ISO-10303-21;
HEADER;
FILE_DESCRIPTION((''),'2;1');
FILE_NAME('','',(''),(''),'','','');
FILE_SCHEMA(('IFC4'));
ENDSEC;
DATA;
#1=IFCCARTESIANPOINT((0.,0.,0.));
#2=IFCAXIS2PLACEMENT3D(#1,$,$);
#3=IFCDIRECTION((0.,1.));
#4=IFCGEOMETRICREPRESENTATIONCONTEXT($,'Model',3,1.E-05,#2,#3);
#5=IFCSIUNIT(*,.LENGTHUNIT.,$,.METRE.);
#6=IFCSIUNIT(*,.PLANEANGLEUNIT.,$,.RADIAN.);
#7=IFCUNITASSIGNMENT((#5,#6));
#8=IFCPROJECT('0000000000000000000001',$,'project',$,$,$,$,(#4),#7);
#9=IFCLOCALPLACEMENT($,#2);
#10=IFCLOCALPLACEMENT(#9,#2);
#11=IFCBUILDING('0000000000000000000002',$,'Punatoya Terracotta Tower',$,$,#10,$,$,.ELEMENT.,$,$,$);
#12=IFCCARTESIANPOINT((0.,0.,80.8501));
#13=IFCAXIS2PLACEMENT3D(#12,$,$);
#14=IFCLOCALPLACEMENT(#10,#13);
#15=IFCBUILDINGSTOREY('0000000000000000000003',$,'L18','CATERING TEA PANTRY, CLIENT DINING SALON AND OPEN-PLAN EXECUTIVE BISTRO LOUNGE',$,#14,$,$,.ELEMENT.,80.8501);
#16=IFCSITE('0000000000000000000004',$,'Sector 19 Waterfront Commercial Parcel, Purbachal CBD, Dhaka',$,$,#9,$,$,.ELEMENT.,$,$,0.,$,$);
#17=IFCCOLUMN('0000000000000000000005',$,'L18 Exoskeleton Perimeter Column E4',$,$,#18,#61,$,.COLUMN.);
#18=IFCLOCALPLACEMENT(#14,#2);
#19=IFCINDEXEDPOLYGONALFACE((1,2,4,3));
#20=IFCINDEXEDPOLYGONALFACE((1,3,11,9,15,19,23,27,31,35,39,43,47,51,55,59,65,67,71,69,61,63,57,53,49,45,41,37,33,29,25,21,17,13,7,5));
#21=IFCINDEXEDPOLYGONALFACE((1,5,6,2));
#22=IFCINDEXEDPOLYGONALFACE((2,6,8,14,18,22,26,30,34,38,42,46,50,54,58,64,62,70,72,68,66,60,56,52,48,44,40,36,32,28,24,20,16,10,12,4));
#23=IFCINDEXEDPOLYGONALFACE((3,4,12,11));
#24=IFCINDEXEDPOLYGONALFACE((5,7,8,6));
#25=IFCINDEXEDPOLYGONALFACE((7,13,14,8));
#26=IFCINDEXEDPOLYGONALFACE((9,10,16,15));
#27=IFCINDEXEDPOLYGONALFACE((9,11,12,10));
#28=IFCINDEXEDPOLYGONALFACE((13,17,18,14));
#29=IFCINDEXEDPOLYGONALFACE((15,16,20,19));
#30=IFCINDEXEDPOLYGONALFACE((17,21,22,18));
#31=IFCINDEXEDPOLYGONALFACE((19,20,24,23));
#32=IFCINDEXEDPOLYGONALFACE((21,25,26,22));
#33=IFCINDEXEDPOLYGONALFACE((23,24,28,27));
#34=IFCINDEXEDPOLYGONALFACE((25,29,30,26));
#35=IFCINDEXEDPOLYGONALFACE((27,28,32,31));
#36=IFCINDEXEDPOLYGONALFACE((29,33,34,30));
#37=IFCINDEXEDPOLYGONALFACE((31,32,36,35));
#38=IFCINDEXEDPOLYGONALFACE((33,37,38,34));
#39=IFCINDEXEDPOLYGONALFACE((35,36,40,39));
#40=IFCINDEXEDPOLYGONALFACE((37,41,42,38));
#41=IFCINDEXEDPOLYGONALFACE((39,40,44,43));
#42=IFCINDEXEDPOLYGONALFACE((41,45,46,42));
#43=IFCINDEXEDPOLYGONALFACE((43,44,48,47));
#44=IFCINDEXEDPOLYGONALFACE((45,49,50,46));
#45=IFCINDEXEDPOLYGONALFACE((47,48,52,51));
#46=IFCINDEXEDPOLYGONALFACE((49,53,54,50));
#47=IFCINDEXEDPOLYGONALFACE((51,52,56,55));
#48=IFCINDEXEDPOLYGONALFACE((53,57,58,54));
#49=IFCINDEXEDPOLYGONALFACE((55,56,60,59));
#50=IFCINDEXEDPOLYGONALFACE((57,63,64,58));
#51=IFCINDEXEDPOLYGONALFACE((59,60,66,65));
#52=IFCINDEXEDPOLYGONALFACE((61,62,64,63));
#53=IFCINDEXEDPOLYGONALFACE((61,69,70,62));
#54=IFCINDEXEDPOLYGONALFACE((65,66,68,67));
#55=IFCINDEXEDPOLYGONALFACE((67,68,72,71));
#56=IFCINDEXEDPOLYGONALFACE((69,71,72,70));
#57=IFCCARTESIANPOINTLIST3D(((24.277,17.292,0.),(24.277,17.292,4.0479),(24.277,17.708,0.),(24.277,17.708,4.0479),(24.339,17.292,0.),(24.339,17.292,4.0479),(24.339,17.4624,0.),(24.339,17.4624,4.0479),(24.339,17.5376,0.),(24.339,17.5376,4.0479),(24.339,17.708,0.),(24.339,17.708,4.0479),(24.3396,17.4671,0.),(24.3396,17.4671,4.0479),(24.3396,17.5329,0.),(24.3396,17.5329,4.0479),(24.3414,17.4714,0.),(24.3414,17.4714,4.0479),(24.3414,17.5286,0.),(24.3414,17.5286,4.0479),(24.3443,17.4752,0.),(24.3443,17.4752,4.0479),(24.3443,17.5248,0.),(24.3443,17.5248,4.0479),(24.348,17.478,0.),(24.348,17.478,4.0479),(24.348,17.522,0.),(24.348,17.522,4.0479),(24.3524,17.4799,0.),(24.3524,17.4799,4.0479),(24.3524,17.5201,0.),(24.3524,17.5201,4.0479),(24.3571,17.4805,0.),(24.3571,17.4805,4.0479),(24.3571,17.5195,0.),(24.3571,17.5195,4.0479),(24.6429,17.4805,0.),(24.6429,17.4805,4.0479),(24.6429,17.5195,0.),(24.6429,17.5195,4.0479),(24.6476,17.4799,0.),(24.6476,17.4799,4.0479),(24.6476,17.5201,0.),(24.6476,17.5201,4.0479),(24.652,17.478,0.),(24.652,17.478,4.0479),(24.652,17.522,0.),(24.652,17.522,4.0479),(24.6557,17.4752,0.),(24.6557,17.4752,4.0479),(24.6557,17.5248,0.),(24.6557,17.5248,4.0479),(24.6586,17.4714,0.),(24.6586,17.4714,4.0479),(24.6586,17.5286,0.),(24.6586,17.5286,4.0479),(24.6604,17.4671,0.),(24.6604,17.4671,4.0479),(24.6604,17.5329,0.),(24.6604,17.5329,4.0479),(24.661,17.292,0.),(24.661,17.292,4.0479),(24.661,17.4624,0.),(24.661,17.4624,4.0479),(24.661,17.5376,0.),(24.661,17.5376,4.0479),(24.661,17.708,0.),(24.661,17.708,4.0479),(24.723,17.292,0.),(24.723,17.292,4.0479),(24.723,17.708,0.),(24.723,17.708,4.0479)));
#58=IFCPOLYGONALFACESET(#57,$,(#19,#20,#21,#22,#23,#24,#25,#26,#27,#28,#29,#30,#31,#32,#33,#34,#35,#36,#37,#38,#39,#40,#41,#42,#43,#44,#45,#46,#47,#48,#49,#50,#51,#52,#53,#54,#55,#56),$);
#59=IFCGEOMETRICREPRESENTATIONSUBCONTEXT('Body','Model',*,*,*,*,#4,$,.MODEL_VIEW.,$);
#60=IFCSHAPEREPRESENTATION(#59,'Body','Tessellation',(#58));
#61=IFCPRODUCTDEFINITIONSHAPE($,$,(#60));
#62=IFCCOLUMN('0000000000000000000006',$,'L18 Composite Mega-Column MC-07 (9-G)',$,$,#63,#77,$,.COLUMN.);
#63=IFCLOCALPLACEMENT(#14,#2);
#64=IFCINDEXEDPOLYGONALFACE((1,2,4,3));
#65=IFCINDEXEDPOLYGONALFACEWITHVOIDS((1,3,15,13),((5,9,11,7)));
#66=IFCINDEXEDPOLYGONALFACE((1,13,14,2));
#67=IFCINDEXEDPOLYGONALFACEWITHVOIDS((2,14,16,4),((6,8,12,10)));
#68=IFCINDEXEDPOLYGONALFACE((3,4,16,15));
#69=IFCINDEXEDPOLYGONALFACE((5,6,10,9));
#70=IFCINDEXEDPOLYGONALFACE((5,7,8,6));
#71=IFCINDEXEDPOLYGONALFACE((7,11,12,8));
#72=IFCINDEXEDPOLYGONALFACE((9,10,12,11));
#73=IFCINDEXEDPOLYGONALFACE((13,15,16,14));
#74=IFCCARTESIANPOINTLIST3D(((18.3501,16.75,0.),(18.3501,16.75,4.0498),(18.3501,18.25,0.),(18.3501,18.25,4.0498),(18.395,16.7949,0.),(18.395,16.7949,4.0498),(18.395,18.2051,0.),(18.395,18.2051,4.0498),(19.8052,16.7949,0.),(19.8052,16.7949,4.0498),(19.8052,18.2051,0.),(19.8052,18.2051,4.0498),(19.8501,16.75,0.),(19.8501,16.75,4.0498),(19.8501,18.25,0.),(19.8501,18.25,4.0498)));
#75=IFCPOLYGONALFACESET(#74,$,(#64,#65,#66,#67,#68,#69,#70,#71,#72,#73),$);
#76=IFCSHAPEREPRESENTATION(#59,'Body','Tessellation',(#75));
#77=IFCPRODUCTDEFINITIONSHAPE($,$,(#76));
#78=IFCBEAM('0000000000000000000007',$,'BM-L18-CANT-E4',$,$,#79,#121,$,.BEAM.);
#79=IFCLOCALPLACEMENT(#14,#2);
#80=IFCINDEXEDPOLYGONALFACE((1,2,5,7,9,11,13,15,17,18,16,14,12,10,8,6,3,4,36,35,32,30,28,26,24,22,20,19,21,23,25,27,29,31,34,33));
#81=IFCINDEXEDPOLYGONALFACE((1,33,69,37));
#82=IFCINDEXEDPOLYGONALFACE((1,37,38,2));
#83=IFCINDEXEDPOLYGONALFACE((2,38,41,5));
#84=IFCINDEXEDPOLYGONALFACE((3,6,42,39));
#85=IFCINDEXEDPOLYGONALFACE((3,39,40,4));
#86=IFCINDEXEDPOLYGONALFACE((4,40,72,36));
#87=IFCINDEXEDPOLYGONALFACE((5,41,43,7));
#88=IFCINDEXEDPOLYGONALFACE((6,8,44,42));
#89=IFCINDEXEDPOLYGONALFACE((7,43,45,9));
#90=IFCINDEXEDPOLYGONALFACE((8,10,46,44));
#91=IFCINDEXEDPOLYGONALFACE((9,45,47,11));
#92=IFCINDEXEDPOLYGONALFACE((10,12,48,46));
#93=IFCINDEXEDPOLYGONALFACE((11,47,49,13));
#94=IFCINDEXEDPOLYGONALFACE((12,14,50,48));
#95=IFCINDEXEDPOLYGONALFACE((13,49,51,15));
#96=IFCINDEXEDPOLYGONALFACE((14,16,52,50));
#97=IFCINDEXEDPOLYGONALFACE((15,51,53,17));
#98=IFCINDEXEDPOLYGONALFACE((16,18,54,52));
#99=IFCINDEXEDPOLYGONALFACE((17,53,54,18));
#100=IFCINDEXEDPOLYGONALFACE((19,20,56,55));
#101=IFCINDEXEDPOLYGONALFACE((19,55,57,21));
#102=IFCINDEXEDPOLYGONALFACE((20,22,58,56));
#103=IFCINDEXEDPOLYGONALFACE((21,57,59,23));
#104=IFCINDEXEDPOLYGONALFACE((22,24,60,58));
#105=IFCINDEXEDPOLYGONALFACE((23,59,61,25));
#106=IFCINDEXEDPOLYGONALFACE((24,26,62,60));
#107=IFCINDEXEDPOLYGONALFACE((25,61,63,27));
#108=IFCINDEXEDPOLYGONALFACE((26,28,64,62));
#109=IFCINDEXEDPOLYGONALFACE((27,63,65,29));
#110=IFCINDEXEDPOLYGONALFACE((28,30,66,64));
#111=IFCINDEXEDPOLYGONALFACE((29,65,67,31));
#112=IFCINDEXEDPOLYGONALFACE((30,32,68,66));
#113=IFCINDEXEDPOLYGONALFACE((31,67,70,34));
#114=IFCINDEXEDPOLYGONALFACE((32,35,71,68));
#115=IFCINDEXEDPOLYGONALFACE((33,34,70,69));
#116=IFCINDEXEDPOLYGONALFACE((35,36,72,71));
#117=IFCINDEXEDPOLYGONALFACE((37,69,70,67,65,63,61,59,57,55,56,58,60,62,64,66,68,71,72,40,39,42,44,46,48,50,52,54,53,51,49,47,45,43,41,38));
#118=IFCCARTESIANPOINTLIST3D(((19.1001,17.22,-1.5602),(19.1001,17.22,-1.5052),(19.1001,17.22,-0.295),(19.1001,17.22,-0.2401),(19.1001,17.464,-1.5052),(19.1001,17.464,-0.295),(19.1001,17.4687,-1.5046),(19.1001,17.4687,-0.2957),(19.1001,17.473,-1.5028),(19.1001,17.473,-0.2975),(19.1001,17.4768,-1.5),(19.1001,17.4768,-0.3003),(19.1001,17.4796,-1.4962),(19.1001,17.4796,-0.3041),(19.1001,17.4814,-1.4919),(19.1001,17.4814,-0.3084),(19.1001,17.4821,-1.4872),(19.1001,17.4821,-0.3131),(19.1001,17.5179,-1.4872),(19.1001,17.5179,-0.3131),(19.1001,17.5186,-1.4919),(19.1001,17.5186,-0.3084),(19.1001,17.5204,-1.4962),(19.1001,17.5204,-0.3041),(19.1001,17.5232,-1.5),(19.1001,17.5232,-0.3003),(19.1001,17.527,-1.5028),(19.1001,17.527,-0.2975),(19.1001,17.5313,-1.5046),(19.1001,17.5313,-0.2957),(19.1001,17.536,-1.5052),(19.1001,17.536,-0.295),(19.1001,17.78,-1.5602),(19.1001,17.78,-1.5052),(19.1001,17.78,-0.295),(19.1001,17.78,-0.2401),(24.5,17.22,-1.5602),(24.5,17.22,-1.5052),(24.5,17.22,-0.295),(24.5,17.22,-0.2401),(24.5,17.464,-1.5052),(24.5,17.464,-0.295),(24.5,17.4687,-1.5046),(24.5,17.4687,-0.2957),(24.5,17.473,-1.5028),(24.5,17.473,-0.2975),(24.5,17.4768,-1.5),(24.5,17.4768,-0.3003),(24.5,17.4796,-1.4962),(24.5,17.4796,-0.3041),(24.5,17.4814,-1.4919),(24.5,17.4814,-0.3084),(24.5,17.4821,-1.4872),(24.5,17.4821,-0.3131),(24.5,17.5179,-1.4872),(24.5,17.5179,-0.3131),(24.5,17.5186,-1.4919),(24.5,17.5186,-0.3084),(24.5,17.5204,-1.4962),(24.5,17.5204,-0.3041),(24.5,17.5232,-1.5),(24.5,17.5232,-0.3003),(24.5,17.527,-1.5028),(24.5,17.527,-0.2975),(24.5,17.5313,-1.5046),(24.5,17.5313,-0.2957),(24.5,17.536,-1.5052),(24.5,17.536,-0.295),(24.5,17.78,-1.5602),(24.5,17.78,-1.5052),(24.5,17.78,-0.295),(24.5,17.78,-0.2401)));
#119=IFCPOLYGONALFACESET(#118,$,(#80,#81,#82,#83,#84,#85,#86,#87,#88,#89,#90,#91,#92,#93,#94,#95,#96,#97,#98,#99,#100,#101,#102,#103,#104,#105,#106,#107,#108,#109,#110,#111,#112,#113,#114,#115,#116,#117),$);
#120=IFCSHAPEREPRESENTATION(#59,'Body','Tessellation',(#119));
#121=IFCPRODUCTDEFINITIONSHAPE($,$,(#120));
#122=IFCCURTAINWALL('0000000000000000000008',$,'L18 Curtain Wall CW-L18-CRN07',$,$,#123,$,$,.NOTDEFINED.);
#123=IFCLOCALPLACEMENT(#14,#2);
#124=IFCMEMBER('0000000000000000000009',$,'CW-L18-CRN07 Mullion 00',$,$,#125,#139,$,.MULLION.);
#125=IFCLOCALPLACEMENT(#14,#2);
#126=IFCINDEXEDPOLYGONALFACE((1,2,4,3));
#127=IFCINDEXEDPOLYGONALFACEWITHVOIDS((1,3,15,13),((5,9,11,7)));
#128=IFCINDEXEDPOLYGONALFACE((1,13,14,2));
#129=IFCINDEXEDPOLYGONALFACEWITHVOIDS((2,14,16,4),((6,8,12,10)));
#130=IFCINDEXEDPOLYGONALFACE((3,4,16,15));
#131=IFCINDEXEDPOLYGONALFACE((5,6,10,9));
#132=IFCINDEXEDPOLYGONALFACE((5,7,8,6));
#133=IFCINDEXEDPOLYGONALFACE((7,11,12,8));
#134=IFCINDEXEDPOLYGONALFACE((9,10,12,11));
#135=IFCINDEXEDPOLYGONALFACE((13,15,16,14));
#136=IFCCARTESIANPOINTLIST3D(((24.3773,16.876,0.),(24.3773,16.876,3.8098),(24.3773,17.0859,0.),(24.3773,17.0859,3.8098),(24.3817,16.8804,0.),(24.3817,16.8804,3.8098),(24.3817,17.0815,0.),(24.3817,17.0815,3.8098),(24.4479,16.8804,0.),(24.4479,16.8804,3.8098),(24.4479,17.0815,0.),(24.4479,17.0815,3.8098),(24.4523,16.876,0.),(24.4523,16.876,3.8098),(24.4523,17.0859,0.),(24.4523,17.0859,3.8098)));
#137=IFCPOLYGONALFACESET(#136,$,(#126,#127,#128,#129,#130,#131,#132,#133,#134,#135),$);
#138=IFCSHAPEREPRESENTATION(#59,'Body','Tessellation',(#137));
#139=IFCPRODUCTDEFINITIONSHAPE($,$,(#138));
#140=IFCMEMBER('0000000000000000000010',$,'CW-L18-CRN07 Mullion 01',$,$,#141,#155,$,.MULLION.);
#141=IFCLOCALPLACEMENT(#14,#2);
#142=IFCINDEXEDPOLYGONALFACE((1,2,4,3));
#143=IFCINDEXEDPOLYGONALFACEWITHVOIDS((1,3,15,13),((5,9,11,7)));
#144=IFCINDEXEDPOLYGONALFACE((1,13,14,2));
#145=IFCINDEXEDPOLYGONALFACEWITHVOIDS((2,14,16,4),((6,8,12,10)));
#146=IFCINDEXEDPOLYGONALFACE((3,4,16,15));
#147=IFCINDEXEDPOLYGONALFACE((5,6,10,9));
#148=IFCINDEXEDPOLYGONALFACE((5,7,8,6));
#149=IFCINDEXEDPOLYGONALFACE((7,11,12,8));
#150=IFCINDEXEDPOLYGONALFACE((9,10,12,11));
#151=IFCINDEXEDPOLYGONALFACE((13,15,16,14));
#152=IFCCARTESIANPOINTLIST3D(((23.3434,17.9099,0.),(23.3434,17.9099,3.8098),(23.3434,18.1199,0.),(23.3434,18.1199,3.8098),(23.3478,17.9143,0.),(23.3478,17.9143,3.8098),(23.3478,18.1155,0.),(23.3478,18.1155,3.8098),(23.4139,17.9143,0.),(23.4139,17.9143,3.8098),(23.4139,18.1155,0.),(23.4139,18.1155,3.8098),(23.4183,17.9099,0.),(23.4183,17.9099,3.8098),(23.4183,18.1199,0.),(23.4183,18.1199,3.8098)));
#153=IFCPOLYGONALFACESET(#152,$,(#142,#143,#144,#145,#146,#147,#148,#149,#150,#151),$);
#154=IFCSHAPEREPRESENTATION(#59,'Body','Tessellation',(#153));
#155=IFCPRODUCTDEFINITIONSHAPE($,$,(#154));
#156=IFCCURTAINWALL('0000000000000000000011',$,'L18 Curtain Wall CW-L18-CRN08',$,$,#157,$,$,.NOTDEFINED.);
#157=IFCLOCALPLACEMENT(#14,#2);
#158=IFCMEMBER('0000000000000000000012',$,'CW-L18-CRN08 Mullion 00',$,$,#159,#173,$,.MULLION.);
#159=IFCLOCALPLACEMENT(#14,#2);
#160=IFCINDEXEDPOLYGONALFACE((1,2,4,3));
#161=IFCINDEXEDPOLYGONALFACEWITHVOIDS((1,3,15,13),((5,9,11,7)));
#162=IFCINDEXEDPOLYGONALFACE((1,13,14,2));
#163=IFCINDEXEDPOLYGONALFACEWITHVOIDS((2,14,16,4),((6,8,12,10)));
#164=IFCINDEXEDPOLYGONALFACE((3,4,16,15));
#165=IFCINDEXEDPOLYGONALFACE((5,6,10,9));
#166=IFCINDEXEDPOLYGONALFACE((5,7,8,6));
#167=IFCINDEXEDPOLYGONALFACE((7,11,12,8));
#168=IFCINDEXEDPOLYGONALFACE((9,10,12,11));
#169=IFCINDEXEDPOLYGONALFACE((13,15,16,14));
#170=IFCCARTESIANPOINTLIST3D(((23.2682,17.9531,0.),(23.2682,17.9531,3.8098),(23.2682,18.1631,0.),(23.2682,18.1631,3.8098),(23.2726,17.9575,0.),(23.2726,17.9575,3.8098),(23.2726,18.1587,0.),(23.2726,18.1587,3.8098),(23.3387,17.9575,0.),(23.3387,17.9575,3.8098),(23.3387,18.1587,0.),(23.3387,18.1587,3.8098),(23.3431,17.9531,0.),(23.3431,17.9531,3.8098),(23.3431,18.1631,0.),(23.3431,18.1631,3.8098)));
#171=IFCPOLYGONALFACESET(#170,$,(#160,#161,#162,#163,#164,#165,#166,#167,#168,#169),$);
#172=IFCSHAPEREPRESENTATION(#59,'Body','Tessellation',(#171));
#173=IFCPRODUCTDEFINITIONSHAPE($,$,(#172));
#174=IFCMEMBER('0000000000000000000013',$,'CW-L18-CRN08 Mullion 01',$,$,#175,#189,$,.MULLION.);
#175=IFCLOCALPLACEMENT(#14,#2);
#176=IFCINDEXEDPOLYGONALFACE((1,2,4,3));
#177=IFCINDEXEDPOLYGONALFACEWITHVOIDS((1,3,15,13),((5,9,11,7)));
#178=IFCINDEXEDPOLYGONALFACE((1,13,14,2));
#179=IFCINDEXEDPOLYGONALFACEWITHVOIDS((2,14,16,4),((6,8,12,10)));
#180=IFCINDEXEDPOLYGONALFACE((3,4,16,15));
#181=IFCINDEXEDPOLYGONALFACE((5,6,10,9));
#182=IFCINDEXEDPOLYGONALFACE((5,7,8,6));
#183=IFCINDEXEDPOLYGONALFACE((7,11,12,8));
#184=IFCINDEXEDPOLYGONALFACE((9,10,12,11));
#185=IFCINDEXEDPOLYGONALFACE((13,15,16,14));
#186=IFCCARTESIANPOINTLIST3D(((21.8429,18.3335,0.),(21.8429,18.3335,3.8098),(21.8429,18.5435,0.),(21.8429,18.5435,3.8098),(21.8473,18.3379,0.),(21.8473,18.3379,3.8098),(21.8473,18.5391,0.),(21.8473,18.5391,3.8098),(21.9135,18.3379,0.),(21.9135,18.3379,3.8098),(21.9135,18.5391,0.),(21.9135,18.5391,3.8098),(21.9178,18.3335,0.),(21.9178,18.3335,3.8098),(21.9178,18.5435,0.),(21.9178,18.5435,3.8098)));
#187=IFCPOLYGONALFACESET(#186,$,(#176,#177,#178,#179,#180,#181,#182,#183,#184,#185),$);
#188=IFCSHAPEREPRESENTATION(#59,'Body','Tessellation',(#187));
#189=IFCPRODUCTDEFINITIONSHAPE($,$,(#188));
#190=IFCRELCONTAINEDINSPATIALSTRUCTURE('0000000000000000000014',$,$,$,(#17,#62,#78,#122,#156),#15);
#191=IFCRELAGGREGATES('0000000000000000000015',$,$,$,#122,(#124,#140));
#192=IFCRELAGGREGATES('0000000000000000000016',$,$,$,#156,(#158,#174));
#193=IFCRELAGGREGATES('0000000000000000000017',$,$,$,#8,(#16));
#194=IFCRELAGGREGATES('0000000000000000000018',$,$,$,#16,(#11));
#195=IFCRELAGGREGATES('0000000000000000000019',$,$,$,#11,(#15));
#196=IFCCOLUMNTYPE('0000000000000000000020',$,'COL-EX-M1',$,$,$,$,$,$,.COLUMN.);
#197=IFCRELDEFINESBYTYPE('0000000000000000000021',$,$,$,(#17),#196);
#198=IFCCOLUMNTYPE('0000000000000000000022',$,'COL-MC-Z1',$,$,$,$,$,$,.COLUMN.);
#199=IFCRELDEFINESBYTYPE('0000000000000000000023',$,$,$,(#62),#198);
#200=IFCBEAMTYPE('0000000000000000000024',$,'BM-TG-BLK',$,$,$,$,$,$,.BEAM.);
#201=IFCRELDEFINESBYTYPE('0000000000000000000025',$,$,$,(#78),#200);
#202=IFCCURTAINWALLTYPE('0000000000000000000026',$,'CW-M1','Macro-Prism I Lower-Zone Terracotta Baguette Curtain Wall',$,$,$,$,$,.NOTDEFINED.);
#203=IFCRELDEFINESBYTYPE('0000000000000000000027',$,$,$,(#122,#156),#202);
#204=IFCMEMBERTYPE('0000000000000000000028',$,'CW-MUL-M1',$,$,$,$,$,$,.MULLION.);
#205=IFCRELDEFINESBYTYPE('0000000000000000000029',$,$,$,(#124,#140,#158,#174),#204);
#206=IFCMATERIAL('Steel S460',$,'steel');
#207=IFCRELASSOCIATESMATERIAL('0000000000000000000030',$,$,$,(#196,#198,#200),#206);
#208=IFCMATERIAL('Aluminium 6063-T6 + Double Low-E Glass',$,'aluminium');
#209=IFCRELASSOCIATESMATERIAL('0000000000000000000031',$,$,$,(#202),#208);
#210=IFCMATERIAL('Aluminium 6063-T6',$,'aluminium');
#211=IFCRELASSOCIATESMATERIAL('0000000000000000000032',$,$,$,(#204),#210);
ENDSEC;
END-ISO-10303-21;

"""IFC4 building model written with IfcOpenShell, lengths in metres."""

from ifc_helpers import new_model, si_unit, direction, frame, origin, origin_2d, place, context, subcontext, project, spatial, hollow_rectangle, i_section, extrude, material, material_profile, profile_set, type_object, element, aggregate, save


model = new_model("IFC4")

# Units and contexts
model_context = context("Model", 3, precision=1e-05, world=origin(), true_north=direction((0.0, 1.0)))
body_context = subcontext(model_context, "Body", "Model", "MODEL_VIEW")
ifc_project = project(units=[si_unit("LENGTHUNIT", "METRE"), si_unit("PLANEANGLEUNIT", "RADIAN")], contexts=[model_context])

# Site, building, storey
site_placement = place(None, origin())
site = spatial("IfcSite", under=ifc_project, at=site_placement, Name="Sector 19 Waterfront Commercial Parcel, Purbachal CBD, Dhaka", CompositionType="ELEMENT", RefElevation=0.0)
building_placement = place(site_placement, origin())
building = spatial("IfcBuilding", under=site, at=building_placement, Name="Punatoya Terracotta Tower", CompositionType="ELEMENT")
storey_placement = place(building_placement, frame((0.0, 0.0, 80.8501)))
storey = spatial("IfcBuildingStorey", under=building, at=storey_placement, Name="L18", Description="CATERING TEA PANTRY, CLIENT DINING SALON AND OPEN-PLAN EXECUTIVE BISTRO LOUNGE", CompositionType="ELEMENT", Elevation=80.8501)

# Columns
ifc_material_1 = material(Name="Steel S460", Category="steel")
ifc_material_profile_1 = material_profile(ifc_material_1, i_section(OverallWidth=0.416, OverallDepth=0.446, WebThickness=0.0391, FlangeThickness=0.062, FilletRadius=0.0181, at=origin_2d()))
ifc_profile_set_1 = profile_set([ifc_material_profile_1], Name="Steel S460")
column_type_1 = type_object("IfcColumnType", Name="COL-EX-M1", PredefinedType="COLUMN", material=ifc_profile_set_1)
column_1_placement = place(storey_placement, frame((24.5, 17.5, 0.0), z_axis=(0.0, 0.0, 1.0), x_axis=(0.0, 1.0, 0.0)))
element("IfcColumn", 1, at=column_1_placement, inside=storey, type_object=column_type_1, Name="L18 Exoskeleton Perimeter Column E4", PredefinedType="COLUMN", context=body_context, shape_type="SweptSolid", body=[
    extrude(i_section(OverallWidth=0.416, OverallDepth=0.446, WebThickness=0.0391, FlangeThickness=0.062, FilletRadius=0.0181, at=origin_2d()), origin(), (0.0, 0.0, 1.0), 4.0479),
])
ifc_material_profile_2 = material_profile(ifc_material_1, hollow_rectangle(XDim=1.5, YDim=1.5, WallThickness=0.0449, at=origin_2d()))
ifc_profile_set_2 = profile_set([ifc_material_profile_2], Name="Steel S460")
column_type_2 = type_object("IfcColumnType", Name="COL-MC-Z1", PredefinedType="COLUMN", material=ifc_profile_set_2)
column_2_placement = place(storey_placement, frame((19.1001, 17.5, 0.0), z_axis=(0.0, 0.0, 1.0), x_axis=(1.0, 0.0, 0.0)))
element("IfcColumn", 2, at=column_2_placement, inside=storey, type_object=column_type_2, Name="L18 Composite Mega-Column MC-07 (9-G)", PredefinedType="COLUMN", context=body_context, shape_type="SweptSolid", body=[
    extrude(hollow_rectangle(XDim=1.5, YDim=1.5, WallThickness=0.0449, at=origin_2d()), origin(), (0.0, 0.0, 1.0), 4.0498),
])

# Beam
ifc_material_profile_3 = material_profile(ifc_material_1, i_section(OverallWidth=0.5601, OverallDepth=1.3201, WebThickness=0.0359, FlangeThickness=0.0549, FilletRadius=0.0181, at=origin_2d()))
ifc_profile_set_3 = profile_set([ifc_material_profile_3], Name="Steel S460")
beam_type = type_object("IfcBeamType", Name="BM-TG-BLK", PredefinedType="BEAM", material=ifc_profile_set_3)
beam_placement = place(storey_placement, frame((19.1001, 17.5, -0.9001), z_axis=(1.0, 0.0, 0.0), x_axis=(0.0, 1.0, 0.0)))
element("IfcBeam", 3, at=beam_placement, inside=storey, type_object=beam_type, Name="BM-L18-CANT-E4", PredefinedType="BEAM", context=body_context, shape_type="SweptSolid", body=[
    extrude(i_section(OverallWidth=0.5601, OverallDepth=1.3201, WebThickness=0.0359, FlangeThickness=0.0549, FilletRadius=0.0181, at=origin_2d()), origin(), (0.0, 0.0, 1.0), 5.3999),
])

# Curtain walls, members
ifc_material_2 = material(Name="Aluminium 6063-T6 + Double Low-E Glass", Category="aluminium")
curtain_wall_type = type_object("IfcCurtainWallType", Name="CW-M1", Description="Macro-Prism I Lower-Zone Terracotta Baguette Curtain Wall", PredefinedType="NOTDEFINED", material=ifc_material_2)
curtain_wall_1_placement = place(storey_placement, origin())
curtain_wall_1 = element("IfcCurtainWall", 4, at=curtain_wall_1_placement, inside=storey, type_object=curtain_wall_type, Name="L18 Curtain Wall CW-L18-CRN07", PredefinedType="NOTDEFINED")
ifc_material_3 = material(Name="Aluminium 6063-T6", Category="aluminium")
ifc_material_profile_4 = material_profile(ifc_material_3, hollow_rectangle(XDim=0.075, YDim=0.21, WallThickness=0.0044, at=origin_2d()))
ifc_profile_set_4 = profile_set([ifc_material_profile_4], Name="Aluminium 6063-T6")
member_type_1 = type_object("IfcMemberType", Name="CW-MUL-M1", PredefinedType="MULLION", material=ifc_profile_set_4)
member_1_placement = place(storey_placement, frame((24.4148, 16.981, 0.0), z_axis=(0.0, 0.0, 1.0), x_axis=(1.0, 0.0, 0.0)))
member_1 = element("IfcMember", 5, at=member_1_placement, type_object=member_type_1, Name="CW-L18-CRN07 Mullion 00", PredefinedType="MULLION", context=body_context, shape_type="SweptSolid", body=[
    extrude(hollow_rectangle(XDim=0.075, YDim=0.21, WallThickness=0.0044, at=origin_2d()), origin(), (0.0, 0.0, 1.0), 3.8098),
])
member_2_placement = place(storey_placement, frame((23.3809, 18.0149, 0.0), z_axis=(0.0, 0.0, 1.0), x_axis=(1.0, 0.0, 0.0)))
member_2 = element("IfcMember", 6, at=member_2_placement, type_object=member_type_1, Name="CW-L18-CRN07 Mullion 01", PredefinedType="MULLION", context=body_context, shape_type="SweptSolid", body=[
    extrude(hollow_rectangle(XDim=0.075, YDim=0.21, WallThickness=0.0044, at=origin_2d()), origin(), (0.0, 0.0, 1.0), 3.8098),
])
curtain_wall_2_placement = place(storey_placement, origin())
curtain_wall_2 = element("IfcCurtainWall", 7, at=curtain_wall_2_placement, inside=storey, type_object=curtain_wall_type, Name="L18 Curtain Wall CW-L18-CRN08", PredefinedType="NOTDEFINED")
member_3_placement = place(storey_placement, frame((23.3057, 18.0581, 0.0), z_axis=(0.0, 0.0, 1.0), x_axis=(1.0, 0.0, 0.0)))
member_3 = element("IfcMember", 8, at=member_3_placement, type_object=member_type_1, Name="CW-L18-CRN08 Mullion 00", PredefinedType="MULLION", context=body_context, shape_type="SweptSolid", body=[
    extrude(hollow_rectangle(XDim=0.075, YDim=0.21, WallThickness=0.0044, at=origin_2d()), origin(), (0.0, 0.0, 1.0), 3.8098),
])
member_4_placement = place(storey_placement, frame((21.8804, 18.4385, 0.0), z_axis=(0.0, 0.0, 1.0), x_axis=(1.0, 0.0, 0.0)))
member_4 = element("IfcMember", 9, at=member_4_placement, type_object=member_type_1, Name="CW-L18-CRN08 Mullion 01", PredefinedType="MULLION", context=body_context, shape_type="SweptSolid", body=[
    extrude(hollow_rectangle(XDim=0.075, YDim=0.21, WallThickness=0.0044, at=origin_2d()), origin(), (0.0, 0.0, 1.0), 3.8098),
])

aggregate(curtain_wall_1, [member_1, member_2])
aggregate(curtain_wall_2, [member_3, member_4])

save(model, "model.ifc")
